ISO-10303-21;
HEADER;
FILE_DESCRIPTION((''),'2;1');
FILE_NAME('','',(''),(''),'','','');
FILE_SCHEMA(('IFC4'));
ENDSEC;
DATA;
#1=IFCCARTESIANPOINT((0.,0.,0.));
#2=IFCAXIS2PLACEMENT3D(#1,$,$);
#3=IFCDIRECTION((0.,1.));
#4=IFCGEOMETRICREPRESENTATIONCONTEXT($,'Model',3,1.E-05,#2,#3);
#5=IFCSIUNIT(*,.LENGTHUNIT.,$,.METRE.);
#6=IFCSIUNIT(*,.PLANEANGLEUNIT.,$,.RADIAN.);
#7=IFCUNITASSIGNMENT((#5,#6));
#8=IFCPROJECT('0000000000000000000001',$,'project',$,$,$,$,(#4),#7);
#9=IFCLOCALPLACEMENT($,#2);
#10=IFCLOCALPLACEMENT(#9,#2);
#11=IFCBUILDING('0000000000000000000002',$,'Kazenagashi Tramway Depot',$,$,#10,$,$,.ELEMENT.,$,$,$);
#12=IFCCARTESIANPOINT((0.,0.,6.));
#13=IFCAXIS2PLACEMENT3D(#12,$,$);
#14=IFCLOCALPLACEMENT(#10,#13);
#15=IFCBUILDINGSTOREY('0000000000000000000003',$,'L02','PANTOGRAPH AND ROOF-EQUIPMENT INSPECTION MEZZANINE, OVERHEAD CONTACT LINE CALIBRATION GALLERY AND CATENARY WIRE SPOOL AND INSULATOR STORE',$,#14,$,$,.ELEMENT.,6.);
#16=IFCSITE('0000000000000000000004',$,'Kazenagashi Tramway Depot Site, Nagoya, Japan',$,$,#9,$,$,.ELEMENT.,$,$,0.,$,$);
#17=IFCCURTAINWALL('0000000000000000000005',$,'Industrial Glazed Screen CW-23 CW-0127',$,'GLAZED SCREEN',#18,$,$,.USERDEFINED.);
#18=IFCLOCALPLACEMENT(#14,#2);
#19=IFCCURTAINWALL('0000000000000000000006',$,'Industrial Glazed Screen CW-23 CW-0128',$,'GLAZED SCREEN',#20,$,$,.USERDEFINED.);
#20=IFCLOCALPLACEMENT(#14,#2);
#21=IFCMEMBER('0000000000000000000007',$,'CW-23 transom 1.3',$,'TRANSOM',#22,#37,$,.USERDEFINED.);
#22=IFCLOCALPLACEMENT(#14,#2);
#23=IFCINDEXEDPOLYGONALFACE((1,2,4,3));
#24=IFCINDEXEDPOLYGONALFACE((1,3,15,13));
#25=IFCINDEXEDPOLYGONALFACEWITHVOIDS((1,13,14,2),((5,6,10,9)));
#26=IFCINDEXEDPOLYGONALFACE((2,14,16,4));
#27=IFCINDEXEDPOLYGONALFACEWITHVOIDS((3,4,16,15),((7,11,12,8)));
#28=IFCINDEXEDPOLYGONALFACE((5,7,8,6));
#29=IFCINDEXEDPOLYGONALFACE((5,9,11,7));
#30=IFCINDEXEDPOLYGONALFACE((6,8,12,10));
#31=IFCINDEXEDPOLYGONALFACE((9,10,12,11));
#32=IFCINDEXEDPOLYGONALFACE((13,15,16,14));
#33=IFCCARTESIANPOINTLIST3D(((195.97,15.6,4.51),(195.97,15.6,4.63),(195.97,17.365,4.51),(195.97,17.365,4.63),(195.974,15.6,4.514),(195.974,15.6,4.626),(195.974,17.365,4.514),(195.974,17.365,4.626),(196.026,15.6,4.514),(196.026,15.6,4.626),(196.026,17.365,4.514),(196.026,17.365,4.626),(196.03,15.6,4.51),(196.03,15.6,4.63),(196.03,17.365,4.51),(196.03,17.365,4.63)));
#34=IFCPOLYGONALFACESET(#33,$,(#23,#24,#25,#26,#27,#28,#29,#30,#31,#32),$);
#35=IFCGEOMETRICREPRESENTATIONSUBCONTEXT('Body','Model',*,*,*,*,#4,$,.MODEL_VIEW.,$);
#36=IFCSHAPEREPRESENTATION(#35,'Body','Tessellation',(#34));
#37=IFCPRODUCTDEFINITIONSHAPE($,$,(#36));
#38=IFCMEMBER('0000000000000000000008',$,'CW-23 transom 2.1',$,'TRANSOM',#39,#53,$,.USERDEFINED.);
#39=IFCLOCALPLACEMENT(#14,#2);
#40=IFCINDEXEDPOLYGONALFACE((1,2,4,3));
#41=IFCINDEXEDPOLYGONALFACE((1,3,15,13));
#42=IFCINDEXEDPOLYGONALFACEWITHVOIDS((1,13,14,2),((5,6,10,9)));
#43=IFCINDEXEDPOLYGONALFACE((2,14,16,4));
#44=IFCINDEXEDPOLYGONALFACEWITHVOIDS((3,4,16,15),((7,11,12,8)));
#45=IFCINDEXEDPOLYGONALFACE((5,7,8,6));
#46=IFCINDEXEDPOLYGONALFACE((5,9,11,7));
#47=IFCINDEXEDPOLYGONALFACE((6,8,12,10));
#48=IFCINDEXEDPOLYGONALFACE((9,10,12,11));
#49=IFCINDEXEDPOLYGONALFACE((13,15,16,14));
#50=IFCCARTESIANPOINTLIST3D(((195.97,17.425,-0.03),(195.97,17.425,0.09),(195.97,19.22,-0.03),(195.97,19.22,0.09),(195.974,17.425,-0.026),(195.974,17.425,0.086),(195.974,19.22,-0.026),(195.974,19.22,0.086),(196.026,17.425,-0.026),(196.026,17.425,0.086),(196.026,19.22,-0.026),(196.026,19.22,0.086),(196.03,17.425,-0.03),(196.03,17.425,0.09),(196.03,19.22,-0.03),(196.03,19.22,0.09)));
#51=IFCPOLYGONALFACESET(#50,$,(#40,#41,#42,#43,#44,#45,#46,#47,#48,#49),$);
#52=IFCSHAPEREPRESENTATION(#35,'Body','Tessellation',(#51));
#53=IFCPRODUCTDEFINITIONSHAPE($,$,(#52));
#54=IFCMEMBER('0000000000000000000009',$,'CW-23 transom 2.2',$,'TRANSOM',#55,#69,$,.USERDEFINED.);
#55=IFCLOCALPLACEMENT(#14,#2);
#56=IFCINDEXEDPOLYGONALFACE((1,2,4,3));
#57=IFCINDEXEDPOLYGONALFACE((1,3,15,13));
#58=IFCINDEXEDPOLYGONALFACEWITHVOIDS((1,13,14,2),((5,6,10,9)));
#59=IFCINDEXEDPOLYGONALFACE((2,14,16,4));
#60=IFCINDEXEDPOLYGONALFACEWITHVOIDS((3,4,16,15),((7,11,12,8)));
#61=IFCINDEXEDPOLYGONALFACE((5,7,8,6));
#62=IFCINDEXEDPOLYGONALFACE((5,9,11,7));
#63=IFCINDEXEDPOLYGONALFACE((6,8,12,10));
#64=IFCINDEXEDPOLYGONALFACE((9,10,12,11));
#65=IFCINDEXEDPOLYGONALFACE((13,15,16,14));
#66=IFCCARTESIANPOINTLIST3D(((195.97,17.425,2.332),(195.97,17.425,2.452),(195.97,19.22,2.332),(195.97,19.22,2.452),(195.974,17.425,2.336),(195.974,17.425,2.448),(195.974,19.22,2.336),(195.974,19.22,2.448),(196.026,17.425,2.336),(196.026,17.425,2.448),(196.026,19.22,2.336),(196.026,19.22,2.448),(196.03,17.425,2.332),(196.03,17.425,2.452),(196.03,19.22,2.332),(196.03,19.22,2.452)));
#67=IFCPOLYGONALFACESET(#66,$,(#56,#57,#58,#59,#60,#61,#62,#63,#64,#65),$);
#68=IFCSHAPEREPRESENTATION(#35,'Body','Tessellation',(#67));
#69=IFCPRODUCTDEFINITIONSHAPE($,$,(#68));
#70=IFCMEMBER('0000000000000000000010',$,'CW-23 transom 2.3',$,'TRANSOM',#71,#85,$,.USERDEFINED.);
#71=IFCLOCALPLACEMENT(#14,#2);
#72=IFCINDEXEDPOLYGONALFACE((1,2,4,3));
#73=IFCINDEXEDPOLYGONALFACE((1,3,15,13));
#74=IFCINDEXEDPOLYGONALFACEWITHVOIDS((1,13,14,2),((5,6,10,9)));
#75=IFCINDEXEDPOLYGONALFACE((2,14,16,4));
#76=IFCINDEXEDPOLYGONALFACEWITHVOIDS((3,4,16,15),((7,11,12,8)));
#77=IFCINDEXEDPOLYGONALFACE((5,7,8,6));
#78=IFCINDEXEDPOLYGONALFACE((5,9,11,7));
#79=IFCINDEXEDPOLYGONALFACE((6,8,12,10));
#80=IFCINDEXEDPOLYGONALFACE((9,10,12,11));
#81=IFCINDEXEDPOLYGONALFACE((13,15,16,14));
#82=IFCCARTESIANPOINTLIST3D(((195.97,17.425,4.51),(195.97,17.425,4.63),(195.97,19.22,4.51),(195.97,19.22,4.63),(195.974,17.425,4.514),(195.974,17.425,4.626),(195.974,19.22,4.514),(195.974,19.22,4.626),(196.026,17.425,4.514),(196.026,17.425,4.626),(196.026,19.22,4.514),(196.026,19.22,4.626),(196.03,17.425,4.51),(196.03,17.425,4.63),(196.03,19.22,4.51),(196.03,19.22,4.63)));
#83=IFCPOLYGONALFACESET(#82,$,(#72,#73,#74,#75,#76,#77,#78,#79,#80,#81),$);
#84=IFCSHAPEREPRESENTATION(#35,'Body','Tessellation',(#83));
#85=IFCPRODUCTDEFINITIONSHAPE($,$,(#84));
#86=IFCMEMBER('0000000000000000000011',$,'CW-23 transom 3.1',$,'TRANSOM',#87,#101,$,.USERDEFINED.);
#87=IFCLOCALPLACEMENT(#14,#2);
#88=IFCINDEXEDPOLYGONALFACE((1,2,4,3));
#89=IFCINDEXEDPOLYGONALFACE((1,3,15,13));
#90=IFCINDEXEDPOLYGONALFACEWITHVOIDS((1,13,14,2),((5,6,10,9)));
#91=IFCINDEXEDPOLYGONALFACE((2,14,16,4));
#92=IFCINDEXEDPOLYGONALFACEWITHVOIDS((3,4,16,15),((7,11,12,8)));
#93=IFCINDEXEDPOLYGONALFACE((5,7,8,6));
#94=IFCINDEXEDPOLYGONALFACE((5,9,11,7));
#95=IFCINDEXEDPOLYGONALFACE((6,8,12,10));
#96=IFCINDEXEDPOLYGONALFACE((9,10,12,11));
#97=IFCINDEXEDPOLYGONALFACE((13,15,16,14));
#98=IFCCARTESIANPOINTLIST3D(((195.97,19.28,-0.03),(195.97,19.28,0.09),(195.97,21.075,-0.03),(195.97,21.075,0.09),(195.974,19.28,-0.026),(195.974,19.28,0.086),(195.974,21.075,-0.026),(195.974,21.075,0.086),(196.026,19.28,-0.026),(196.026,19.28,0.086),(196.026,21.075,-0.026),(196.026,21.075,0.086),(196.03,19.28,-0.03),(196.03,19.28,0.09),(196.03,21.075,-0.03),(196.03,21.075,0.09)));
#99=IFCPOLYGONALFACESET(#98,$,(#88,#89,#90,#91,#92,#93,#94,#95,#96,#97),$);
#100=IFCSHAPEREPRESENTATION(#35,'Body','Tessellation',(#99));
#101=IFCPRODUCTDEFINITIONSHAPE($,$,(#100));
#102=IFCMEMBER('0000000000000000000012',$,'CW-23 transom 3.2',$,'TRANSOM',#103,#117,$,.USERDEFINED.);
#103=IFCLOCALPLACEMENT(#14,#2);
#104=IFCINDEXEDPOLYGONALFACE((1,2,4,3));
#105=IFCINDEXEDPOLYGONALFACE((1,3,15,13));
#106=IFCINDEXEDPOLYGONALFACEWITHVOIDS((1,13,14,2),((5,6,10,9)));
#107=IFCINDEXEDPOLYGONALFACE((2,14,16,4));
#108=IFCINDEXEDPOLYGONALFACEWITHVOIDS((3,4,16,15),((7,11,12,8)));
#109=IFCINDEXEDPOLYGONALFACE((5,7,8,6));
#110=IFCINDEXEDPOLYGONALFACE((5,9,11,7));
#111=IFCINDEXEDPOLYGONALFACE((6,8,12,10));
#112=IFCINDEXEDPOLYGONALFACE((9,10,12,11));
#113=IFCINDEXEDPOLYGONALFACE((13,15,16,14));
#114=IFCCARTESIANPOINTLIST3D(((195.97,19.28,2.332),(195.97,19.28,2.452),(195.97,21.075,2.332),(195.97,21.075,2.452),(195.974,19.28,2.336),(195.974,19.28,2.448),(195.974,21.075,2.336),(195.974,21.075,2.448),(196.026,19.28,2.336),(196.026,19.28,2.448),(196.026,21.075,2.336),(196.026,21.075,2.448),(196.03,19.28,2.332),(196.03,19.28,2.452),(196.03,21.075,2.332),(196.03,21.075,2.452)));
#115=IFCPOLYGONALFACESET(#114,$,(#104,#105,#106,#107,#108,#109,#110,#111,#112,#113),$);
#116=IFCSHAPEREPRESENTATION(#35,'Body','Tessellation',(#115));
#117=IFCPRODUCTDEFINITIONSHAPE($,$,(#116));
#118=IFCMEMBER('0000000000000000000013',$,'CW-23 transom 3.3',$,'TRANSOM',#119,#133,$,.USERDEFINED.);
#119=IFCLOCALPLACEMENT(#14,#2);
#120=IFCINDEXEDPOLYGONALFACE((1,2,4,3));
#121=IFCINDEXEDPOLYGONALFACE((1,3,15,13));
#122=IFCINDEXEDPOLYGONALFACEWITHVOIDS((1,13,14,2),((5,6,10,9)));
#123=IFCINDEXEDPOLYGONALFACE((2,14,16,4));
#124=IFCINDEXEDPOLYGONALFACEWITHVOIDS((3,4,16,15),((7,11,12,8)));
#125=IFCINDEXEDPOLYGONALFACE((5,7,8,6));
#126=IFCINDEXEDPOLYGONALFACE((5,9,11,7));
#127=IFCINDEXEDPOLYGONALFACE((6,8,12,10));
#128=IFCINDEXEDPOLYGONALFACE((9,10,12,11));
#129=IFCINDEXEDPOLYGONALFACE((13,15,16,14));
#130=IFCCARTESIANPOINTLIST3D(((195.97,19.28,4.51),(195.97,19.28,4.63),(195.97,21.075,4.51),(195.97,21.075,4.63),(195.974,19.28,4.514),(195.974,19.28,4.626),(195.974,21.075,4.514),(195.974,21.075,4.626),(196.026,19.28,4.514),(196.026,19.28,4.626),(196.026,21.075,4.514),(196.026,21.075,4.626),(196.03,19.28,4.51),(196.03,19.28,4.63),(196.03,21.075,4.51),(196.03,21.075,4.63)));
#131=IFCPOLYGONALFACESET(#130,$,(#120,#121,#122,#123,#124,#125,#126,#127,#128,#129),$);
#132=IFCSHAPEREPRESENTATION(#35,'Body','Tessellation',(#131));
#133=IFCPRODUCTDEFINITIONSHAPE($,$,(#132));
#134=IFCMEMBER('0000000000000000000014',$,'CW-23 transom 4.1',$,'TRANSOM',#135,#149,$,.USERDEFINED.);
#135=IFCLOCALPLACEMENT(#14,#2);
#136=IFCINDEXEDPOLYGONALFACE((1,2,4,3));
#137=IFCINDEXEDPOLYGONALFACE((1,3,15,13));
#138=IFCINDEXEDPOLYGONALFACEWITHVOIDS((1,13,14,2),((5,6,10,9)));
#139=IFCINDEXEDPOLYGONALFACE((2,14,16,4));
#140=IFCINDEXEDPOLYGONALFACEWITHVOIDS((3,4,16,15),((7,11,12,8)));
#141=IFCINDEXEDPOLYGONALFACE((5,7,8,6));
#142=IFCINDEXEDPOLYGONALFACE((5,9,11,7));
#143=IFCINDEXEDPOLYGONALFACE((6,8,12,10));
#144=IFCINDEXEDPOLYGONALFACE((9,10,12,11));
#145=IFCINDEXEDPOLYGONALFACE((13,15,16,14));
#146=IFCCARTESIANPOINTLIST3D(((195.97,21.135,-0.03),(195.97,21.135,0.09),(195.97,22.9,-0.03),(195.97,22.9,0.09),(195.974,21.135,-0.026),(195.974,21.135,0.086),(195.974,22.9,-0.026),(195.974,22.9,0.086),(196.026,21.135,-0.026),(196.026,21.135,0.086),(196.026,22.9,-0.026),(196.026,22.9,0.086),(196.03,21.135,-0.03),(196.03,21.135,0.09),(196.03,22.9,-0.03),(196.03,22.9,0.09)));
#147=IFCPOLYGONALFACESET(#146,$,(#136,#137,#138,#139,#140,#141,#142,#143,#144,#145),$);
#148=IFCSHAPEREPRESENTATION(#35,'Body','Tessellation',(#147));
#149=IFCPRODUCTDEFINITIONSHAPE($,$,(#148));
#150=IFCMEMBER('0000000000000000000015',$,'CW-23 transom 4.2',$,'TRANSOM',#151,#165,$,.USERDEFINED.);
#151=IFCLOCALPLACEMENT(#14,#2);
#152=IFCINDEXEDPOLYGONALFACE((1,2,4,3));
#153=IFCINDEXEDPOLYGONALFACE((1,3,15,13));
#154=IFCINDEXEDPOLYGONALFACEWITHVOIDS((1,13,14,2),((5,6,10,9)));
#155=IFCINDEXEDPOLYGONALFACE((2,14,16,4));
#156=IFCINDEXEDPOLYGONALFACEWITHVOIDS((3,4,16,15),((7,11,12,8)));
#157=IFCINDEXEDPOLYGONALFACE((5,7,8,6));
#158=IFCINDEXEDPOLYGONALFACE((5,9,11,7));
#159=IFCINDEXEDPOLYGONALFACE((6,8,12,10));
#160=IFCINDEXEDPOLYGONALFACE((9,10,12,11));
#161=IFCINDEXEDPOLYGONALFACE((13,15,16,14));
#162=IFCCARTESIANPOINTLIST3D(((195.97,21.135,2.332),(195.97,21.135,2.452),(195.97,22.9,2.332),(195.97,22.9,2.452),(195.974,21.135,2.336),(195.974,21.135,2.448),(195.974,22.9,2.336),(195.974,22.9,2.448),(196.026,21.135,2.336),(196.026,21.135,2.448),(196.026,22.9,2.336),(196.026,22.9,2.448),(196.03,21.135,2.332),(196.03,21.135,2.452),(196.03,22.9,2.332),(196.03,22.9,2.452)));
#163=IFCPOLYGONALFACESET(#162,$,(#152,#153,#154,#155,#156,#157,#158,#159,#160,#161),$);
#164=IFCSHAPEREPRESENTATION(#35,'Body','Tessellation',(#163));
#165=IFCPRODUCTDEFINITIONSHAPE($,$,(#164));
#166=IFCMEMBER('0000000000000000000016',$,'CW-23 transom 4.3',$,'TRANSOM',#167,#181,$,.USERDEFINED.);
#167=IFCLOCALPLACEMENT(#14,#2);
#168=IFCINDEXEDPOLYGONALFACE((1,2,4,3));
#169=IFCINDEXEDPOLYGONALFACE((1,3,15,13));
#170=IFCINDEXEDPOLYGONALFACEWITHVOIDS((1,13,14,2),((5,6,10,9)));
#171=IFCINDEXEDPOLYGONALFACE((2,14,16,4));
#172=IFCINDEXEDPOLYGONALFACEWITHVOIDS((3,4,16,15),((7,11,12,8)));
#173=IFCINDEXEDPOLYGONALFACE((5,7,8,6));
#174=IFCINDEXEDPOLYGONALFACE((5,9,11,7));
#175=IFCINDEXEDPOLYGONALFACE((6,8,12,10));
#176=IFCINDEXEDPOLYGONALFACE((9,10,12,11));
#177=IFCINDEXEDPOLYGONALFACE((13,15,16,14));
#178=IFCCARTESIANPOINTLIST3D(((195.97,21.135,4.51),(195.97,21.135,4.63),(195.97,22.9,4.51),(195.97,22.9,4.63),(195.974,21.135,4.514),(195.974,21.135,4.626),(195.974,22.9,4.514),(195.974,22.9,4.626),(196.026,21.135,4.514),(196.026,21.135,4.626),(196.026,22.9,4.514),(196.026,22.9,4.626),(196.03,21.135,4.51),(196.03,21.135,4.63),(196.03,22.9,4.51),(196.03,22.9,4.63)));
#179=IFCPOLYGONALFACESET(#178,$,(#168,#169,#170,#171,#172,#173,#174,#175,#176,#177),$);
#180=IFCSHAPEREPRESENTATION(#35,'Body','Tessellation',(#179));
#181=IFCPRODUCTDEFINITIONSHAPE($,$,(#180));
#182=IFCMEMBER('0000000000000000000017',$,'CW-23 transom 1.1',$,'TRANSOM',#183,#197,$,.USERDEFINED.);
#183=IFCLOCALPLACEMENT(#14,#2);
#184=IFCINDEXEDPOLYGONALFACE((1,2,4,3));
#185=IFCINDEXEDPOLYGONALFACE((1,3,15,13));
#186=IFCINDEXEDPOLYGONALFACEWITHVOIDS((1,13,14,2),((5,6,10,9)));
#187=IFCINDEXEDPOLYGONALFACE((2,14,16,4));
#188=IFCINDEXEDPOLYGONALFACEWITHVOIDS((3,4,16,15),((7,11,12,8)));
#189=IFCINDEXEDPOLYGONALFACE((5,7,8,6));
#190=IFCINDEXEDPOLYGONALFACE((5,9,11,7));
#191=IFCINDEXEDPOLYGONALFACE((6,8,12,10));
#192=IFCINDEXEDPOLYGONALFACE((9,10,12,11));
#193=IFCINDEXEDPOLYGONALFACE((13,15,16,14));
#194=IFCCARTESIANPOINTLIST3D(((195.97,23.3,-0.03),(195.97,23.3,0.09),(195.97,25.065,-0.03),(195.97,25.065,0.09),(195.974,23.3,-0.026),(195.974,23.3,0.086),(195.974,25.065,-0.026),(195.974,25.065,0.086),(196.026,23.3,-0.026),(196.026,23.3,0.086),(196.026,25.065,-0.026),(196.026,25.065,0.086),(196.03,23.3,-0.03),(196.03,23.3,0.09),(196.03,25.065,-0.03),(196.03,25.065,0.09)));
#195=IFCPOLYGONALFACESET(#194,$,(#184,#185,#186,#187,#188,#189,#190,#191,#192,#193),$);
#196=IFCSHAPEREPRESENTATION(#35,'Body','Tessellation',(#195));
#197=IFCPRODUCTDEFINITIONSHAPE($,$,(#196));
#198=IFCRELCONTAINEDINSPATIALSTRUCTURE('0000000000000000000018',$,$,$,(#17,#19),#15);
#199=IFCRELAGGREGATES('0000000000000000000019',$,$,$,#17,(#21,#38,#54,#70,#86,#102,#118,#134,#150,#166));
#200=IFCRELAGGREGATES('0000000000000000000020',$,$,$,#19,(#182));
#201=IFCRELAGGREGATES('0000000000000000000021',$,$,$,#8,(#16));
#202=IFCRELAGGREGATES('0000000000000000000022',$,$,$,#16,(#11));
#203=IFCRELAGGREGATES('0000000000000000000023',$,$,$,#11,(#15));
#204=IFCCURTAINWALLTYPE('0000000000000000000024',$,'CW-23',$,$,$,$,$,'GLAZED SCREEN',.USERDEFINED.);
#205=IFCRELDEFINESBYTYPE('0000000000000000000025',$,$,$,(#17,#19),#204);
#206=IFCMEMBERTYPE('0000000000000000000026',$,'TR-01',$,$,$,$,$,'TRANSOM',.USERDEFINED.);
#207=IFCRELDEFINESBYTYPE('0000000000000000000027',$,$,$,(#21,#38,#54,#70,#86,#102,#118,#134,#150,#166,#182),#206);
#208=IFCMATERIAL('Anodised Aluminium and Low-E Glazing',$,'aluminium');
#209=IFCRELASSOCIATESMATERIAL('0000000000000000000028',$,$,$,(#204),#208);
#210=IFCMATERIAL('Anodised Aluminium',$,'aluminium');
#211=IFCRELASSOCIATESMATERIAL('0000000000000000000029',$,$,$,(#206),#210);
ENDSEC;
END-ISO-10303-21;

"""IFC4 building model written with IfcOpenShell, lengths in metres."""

from ifc_helpers import new_model, si_unit, direction, frame, origin, origin_2d, place, context, subcontext, project, spatial, hollow_rectangle, extrude, material, material_profile, profile_set, type_object, element, aggregate, save


model = new_model("IFC4")

# Units and contexts
model_context = context("Model", 3, precision=1e-05, world=origin(), true_north=direction((0.0, 1.0)))
body_context = subcontext(model_context, "Body", "Model", "MODEL_VIEW")
ifc_project = project(units=[si_unit("LENGTHUNIT", "METRE"), si_unit("PLANEANGLEUNIT", "RADIAN")], contexts=[model_context])

# Site, building, storey
site_placement = place(None, origin())
site = spatial("IfcSite", under=ifc_project, at=site_placement, Name="Kazenagashi Tramway Depot Site, Nagoya, Japan", CompositionType="ELEMENT", RefElevation=0.0)
building_placement = place(site_placement, origin())
building = spatial("IfcBuilding", under=site, at=building_placement, Name="Kazenagashi Tramway Depot", CompositionType="ELEMENT")
storey_placement = place(building_placement, frame((0.0, 0.0, 6.0)))
storey = spatial("IfcBuildingStorey", under=building, at=storey_placement, Name="L02", Description="PANTOGRAPH AND ROOF-EQUIPMENT INSPECTION MEZZANINE, OVERHEAD CONTACT LINE CALIBRATION GALLERY AND CATENARY WIRE SPOOL AND INSULATOR STORE", CompositionType="ELEMENT", Elevation=6.0)

# Curtain walls
ifc_material_1 = material(Name="Anodised Aluminium and Low-E Glazing", Category="aluminium")
curtain_wall_type = type_object("IfcCurtainWallType", Name="CW-23", ElementType="GLAZED SCREEN", PredefinedType="USERDEFINED", material=ifc_material_1)
curtain_wall_1_placement = place(storey_placement, origin())
curtain_wall_1 = element("IfcCurtainWall", 1, at=curtain_wall_1_placement, inside=storey, type_object=curtain_wall_type, Name="Industrial Glazed Screen CW-23 CW-0127", ObjectType="GLAZED SCREEN", PredefinedType="USERDEFINED")
ifc_material_2 = material(Name="Anodised Aluminium", Category="aluminium")
curtain_wall_2_placement = place(storey_placement, origin())
curtain_wall_2 = element("IfcCurtainWall", 2, at=curtain_wall_2_placement, inside=storey, type_object=curtain_wall_type, Name="Industrial Glazed Screen CW-23 CW-0128", ObjectType="GLAZED SCREEN", PredefinedType="USERDEFINED")

# Members
ifc_material_profile_1 = material_profile(ifc_material_2, hollow_rectangle(XDim=0.06, YDim=0.12, WallThickness=0.004, at=origin_2d()), Name="RHS-120x60x4")
ifc_profile_set_1 = profile_set([ifc_material_profile_1], Name="Anodised Aluminium")
member_type_1 = type_object("IfcMemberType", Name="TR-01", ElementType="TRANSOM", PredefinedType="USERDEFINED", material=ifc_profile_set_1)
member_1_placement = place(storey_placement, frame((196.0, 15.6, 4.57), z_axis=(0.0, 1.0, 0.0), x_axis=(-1.0, 0.0, 0.0)))
member_1 = element("IfcMember", 3, at=member_1_placement, type_object=member_type_1, Name="CW-23 transom 1.3", ObjectType="TRANSOM", PredefinedType="USERDEFINED", context=body_context, shape_type="SweptSolid", body=[
    extrude(hollow_rectangle(XDim=0.06, YDim=0.12, WallThickness=0.004, at=origin_2d()), origin(), (0.0, 0.0, 1.0), 1.765),
])
member_2_placement = place(storey_placement, frame((196.0, 17.425, 0.03), z_axis=(0.0, 1.0, 0.0), x_axis=(-1.0, 0.0, 0.0)))
member_2 = element("IfcMember", 4, at=member_2_placement, type_object=member_type_1, Name="CW-23 transom 2.1", ObjectType="TRANSOM", PredefinedType="USERDEFINED", context=body_context, shape_type="SweptSolid", body=[
    extrude(hollow_rectangle(XDim=0.06, YDim=0.12, WallThickness=0.004, at=origin_2d()), origin(), (0.0, 0.0, 1.0), 1.795),
])
member_3_placement = place(storey_placement, frame((196.0, 17.425, 2.392), z_axis=(0.0, 1.0, 0.0), x_axis=(-1.0, 0.0, 0.0)))
member_3 = element("IfcMember", 5, at=member_3_placement, type_object=member_type_1, Name="CW-23 transom 2.2", ObjectType="TRANSOM", PredefinedType="USERDEFINED", context=body_context, shape_type="SweptSolid", body=[
    extrude(hollow_rectangle(XDim=0.06, YDim=0.12, WallThickness=0.004, at=origin_2d()), origin(), (0.0, 0.0, 1.0), 1.795),
])
member_4_placement = place(storey_placement, frame((196.0, 17.425, 4.57), z_axis=(0.0, 1.0, 0.0), x_axis=(-1.0, 0.0, 0.0)))
member_4 = element("IfcMember", 6, at=member_4_placement, type_object=member_type_1, Name="CW-23 transom 2.3", ObjectType="TRANSOM", PredefinedType="USERDEFINED", context=body_context, shape_type="SweptSolid", body=[
    extrude(hollow_rectangle(XDim=0.06, YDim=0.12, WallThickness=0.004, at=origin_2d()), origin(), (0.0, 0.0, 1.0), 1.795),
])
member_5_placement = place(storey_placement, frame((196.0, 19.28, 0.03), z_axis=(0.0, 1.0, 0.0), x_axis=(-1.0, 0.0, 0.0)))
member_5 = element("IfcMember", 7, at=member_5_placement, type_object=member_type_1, Name="CW-23 transom 3.1", ObjectType="TRANSOM", PredefinedType="USERDEFINED", context=body_context, shape_type="SweptSolid", body=[
    extrude(hollow_rectangle(XDim=0.06, YDim=0.12, WallThickness=0.004, at=origin_2d()), origin(), (0.0, 0.0, 1.0), 1.795),
])
member_6_placement = place(storey_placement, frame((196.0, 19.28, 2.392), z_axis=(0.0, 1.0, 0.0), x_axis=(-1.0, 0.0, 0.0)))
member_6 = element("IfcMember", 8, at=member_6_placement, type_object=member_type_1, Name="CW-23 transom 3.2", ObjectType="TRANSOM", PredefinedType="USERDEFINED", context=body_context, shape_type="SweptSolid", body=[
    extrude(hollow_rectangle(XDim=0.06, YDim=0.12, WallThickness=0.004, at=origin_2d()), origin(), (0.0, 0.0, 1.0), 1.795),
])
member_7_placement = place(storey_placement, frame((196.0, 19.28, 4.57), z_axis=(0.0, 1.0, 0.0), x_axis=(-1.0, 0.0, 0.0)))
member_7 = element("IfcMember", 9, at=member_7_placement, type_object=member_type_1, Name="CW-23 transom 3.3", ObjectType="TRANSOM", PredefinedType="USERDEFINED", context=body_context, shape_type="SweptSolid", body=[
    extrude(hollow_rectangle(XDim=0.06, YDim=0.12, WallThickness=0.004, at=origin_2d()), origin(), (0.0, 0.0, 1.0), 1.795),
])
member_8_placement = place(storey_placement, frame((196.0, 21.135, 0.03), z_axis=(0.0, 1.0, 0.0), x_axis=(-1.0, 0.0, 0.0)))
member_8 = element("IfcMember", 10, at=member_8_placement, type_object=member_type_1, Name="CW-23 transom 4.1", ObjectType="TRANSOM", PredefinedType="USERDEFINED", context=body_context, shape_type="SweptSolid", body=[
    extrude(hollow_rectangle(XDim=0.06, YDim=0.12, WallThickness=0.004, at=origin_2d()), origin(), (0.0, 0.0, 1.0), 1.765),
])
member_9_placement = place(storey_placement, frame((196.0, 21.135, 2.392), z_axis=(0.0, 1.0, 0.0), x_axis=(-1.0, 0.0, 0.0)))
member_9 = element("IfcMember", 11, at=member_9_placement, type_object=member_type_1, Name="CW-23 transom 4.2", ObjectType="TRANSOM", PredefinedType="USERDEFINED", context=body_context, shape_type="SweptSolid", body=[
    extrude(hollow_rectangle(XDim=0.06, YDim=0.12, WallThickness=0.004, at=origin_2d()), origin(), (0.0, 0.0, 1.0), 1.765),
])
member_10_placement = place(storey_placement, frame((196.0, 21.135, 4.57), z_axis=(0.0, 1.0, 0.0), x_axis=(-1.0, 0.0, 0.0)))
member_10 = element("IfcMember", 12, at=member_10_placement, type_object=member_type_1, Name="CW-23 transom 4.3", ObjectType="TRANSOM", PredefinedType="USERDEFINED", context=body_context, shape_type="SweptSolid", body=[
    extrude(hollow_rectangle(XDim=0.06, YDim=0.12, WallThickness=0.004, at=origin_2d()), origin(), (0.0, 0.0, 1.0), 1.765),
])
member_11_placement = place(storey_placement, frame((196.0, 23.3, 0.03), z_axis=(0.0, 1.0, 0.0), x_axis=(-1.0, 0.0, 0.0)))
member_11 = element("IfcMember", 13, at=member_11_placement, type_object=member_type_1, Name="CW-23 transom 1.1", ObjectType="TRANSOM", PredefinedType="USERDEFINED", context=body_context, shape_type="SweptSolid", body=[
    extrude(hollow_rectangle(XDim=0.06, YDim=0.12, WallThickness=0.004, at=origin_2d()), origin(), (0.0, 0.0, 1.0), 1.765),
])

aggregate(curtain_wall_1, [member_1, member_2, member_3, member_4, member_5, member_6, member_7, member_8, member_9, member_10])
aggregate(curtain_wall_2, [member_11])

save(model, "model.ifc")
